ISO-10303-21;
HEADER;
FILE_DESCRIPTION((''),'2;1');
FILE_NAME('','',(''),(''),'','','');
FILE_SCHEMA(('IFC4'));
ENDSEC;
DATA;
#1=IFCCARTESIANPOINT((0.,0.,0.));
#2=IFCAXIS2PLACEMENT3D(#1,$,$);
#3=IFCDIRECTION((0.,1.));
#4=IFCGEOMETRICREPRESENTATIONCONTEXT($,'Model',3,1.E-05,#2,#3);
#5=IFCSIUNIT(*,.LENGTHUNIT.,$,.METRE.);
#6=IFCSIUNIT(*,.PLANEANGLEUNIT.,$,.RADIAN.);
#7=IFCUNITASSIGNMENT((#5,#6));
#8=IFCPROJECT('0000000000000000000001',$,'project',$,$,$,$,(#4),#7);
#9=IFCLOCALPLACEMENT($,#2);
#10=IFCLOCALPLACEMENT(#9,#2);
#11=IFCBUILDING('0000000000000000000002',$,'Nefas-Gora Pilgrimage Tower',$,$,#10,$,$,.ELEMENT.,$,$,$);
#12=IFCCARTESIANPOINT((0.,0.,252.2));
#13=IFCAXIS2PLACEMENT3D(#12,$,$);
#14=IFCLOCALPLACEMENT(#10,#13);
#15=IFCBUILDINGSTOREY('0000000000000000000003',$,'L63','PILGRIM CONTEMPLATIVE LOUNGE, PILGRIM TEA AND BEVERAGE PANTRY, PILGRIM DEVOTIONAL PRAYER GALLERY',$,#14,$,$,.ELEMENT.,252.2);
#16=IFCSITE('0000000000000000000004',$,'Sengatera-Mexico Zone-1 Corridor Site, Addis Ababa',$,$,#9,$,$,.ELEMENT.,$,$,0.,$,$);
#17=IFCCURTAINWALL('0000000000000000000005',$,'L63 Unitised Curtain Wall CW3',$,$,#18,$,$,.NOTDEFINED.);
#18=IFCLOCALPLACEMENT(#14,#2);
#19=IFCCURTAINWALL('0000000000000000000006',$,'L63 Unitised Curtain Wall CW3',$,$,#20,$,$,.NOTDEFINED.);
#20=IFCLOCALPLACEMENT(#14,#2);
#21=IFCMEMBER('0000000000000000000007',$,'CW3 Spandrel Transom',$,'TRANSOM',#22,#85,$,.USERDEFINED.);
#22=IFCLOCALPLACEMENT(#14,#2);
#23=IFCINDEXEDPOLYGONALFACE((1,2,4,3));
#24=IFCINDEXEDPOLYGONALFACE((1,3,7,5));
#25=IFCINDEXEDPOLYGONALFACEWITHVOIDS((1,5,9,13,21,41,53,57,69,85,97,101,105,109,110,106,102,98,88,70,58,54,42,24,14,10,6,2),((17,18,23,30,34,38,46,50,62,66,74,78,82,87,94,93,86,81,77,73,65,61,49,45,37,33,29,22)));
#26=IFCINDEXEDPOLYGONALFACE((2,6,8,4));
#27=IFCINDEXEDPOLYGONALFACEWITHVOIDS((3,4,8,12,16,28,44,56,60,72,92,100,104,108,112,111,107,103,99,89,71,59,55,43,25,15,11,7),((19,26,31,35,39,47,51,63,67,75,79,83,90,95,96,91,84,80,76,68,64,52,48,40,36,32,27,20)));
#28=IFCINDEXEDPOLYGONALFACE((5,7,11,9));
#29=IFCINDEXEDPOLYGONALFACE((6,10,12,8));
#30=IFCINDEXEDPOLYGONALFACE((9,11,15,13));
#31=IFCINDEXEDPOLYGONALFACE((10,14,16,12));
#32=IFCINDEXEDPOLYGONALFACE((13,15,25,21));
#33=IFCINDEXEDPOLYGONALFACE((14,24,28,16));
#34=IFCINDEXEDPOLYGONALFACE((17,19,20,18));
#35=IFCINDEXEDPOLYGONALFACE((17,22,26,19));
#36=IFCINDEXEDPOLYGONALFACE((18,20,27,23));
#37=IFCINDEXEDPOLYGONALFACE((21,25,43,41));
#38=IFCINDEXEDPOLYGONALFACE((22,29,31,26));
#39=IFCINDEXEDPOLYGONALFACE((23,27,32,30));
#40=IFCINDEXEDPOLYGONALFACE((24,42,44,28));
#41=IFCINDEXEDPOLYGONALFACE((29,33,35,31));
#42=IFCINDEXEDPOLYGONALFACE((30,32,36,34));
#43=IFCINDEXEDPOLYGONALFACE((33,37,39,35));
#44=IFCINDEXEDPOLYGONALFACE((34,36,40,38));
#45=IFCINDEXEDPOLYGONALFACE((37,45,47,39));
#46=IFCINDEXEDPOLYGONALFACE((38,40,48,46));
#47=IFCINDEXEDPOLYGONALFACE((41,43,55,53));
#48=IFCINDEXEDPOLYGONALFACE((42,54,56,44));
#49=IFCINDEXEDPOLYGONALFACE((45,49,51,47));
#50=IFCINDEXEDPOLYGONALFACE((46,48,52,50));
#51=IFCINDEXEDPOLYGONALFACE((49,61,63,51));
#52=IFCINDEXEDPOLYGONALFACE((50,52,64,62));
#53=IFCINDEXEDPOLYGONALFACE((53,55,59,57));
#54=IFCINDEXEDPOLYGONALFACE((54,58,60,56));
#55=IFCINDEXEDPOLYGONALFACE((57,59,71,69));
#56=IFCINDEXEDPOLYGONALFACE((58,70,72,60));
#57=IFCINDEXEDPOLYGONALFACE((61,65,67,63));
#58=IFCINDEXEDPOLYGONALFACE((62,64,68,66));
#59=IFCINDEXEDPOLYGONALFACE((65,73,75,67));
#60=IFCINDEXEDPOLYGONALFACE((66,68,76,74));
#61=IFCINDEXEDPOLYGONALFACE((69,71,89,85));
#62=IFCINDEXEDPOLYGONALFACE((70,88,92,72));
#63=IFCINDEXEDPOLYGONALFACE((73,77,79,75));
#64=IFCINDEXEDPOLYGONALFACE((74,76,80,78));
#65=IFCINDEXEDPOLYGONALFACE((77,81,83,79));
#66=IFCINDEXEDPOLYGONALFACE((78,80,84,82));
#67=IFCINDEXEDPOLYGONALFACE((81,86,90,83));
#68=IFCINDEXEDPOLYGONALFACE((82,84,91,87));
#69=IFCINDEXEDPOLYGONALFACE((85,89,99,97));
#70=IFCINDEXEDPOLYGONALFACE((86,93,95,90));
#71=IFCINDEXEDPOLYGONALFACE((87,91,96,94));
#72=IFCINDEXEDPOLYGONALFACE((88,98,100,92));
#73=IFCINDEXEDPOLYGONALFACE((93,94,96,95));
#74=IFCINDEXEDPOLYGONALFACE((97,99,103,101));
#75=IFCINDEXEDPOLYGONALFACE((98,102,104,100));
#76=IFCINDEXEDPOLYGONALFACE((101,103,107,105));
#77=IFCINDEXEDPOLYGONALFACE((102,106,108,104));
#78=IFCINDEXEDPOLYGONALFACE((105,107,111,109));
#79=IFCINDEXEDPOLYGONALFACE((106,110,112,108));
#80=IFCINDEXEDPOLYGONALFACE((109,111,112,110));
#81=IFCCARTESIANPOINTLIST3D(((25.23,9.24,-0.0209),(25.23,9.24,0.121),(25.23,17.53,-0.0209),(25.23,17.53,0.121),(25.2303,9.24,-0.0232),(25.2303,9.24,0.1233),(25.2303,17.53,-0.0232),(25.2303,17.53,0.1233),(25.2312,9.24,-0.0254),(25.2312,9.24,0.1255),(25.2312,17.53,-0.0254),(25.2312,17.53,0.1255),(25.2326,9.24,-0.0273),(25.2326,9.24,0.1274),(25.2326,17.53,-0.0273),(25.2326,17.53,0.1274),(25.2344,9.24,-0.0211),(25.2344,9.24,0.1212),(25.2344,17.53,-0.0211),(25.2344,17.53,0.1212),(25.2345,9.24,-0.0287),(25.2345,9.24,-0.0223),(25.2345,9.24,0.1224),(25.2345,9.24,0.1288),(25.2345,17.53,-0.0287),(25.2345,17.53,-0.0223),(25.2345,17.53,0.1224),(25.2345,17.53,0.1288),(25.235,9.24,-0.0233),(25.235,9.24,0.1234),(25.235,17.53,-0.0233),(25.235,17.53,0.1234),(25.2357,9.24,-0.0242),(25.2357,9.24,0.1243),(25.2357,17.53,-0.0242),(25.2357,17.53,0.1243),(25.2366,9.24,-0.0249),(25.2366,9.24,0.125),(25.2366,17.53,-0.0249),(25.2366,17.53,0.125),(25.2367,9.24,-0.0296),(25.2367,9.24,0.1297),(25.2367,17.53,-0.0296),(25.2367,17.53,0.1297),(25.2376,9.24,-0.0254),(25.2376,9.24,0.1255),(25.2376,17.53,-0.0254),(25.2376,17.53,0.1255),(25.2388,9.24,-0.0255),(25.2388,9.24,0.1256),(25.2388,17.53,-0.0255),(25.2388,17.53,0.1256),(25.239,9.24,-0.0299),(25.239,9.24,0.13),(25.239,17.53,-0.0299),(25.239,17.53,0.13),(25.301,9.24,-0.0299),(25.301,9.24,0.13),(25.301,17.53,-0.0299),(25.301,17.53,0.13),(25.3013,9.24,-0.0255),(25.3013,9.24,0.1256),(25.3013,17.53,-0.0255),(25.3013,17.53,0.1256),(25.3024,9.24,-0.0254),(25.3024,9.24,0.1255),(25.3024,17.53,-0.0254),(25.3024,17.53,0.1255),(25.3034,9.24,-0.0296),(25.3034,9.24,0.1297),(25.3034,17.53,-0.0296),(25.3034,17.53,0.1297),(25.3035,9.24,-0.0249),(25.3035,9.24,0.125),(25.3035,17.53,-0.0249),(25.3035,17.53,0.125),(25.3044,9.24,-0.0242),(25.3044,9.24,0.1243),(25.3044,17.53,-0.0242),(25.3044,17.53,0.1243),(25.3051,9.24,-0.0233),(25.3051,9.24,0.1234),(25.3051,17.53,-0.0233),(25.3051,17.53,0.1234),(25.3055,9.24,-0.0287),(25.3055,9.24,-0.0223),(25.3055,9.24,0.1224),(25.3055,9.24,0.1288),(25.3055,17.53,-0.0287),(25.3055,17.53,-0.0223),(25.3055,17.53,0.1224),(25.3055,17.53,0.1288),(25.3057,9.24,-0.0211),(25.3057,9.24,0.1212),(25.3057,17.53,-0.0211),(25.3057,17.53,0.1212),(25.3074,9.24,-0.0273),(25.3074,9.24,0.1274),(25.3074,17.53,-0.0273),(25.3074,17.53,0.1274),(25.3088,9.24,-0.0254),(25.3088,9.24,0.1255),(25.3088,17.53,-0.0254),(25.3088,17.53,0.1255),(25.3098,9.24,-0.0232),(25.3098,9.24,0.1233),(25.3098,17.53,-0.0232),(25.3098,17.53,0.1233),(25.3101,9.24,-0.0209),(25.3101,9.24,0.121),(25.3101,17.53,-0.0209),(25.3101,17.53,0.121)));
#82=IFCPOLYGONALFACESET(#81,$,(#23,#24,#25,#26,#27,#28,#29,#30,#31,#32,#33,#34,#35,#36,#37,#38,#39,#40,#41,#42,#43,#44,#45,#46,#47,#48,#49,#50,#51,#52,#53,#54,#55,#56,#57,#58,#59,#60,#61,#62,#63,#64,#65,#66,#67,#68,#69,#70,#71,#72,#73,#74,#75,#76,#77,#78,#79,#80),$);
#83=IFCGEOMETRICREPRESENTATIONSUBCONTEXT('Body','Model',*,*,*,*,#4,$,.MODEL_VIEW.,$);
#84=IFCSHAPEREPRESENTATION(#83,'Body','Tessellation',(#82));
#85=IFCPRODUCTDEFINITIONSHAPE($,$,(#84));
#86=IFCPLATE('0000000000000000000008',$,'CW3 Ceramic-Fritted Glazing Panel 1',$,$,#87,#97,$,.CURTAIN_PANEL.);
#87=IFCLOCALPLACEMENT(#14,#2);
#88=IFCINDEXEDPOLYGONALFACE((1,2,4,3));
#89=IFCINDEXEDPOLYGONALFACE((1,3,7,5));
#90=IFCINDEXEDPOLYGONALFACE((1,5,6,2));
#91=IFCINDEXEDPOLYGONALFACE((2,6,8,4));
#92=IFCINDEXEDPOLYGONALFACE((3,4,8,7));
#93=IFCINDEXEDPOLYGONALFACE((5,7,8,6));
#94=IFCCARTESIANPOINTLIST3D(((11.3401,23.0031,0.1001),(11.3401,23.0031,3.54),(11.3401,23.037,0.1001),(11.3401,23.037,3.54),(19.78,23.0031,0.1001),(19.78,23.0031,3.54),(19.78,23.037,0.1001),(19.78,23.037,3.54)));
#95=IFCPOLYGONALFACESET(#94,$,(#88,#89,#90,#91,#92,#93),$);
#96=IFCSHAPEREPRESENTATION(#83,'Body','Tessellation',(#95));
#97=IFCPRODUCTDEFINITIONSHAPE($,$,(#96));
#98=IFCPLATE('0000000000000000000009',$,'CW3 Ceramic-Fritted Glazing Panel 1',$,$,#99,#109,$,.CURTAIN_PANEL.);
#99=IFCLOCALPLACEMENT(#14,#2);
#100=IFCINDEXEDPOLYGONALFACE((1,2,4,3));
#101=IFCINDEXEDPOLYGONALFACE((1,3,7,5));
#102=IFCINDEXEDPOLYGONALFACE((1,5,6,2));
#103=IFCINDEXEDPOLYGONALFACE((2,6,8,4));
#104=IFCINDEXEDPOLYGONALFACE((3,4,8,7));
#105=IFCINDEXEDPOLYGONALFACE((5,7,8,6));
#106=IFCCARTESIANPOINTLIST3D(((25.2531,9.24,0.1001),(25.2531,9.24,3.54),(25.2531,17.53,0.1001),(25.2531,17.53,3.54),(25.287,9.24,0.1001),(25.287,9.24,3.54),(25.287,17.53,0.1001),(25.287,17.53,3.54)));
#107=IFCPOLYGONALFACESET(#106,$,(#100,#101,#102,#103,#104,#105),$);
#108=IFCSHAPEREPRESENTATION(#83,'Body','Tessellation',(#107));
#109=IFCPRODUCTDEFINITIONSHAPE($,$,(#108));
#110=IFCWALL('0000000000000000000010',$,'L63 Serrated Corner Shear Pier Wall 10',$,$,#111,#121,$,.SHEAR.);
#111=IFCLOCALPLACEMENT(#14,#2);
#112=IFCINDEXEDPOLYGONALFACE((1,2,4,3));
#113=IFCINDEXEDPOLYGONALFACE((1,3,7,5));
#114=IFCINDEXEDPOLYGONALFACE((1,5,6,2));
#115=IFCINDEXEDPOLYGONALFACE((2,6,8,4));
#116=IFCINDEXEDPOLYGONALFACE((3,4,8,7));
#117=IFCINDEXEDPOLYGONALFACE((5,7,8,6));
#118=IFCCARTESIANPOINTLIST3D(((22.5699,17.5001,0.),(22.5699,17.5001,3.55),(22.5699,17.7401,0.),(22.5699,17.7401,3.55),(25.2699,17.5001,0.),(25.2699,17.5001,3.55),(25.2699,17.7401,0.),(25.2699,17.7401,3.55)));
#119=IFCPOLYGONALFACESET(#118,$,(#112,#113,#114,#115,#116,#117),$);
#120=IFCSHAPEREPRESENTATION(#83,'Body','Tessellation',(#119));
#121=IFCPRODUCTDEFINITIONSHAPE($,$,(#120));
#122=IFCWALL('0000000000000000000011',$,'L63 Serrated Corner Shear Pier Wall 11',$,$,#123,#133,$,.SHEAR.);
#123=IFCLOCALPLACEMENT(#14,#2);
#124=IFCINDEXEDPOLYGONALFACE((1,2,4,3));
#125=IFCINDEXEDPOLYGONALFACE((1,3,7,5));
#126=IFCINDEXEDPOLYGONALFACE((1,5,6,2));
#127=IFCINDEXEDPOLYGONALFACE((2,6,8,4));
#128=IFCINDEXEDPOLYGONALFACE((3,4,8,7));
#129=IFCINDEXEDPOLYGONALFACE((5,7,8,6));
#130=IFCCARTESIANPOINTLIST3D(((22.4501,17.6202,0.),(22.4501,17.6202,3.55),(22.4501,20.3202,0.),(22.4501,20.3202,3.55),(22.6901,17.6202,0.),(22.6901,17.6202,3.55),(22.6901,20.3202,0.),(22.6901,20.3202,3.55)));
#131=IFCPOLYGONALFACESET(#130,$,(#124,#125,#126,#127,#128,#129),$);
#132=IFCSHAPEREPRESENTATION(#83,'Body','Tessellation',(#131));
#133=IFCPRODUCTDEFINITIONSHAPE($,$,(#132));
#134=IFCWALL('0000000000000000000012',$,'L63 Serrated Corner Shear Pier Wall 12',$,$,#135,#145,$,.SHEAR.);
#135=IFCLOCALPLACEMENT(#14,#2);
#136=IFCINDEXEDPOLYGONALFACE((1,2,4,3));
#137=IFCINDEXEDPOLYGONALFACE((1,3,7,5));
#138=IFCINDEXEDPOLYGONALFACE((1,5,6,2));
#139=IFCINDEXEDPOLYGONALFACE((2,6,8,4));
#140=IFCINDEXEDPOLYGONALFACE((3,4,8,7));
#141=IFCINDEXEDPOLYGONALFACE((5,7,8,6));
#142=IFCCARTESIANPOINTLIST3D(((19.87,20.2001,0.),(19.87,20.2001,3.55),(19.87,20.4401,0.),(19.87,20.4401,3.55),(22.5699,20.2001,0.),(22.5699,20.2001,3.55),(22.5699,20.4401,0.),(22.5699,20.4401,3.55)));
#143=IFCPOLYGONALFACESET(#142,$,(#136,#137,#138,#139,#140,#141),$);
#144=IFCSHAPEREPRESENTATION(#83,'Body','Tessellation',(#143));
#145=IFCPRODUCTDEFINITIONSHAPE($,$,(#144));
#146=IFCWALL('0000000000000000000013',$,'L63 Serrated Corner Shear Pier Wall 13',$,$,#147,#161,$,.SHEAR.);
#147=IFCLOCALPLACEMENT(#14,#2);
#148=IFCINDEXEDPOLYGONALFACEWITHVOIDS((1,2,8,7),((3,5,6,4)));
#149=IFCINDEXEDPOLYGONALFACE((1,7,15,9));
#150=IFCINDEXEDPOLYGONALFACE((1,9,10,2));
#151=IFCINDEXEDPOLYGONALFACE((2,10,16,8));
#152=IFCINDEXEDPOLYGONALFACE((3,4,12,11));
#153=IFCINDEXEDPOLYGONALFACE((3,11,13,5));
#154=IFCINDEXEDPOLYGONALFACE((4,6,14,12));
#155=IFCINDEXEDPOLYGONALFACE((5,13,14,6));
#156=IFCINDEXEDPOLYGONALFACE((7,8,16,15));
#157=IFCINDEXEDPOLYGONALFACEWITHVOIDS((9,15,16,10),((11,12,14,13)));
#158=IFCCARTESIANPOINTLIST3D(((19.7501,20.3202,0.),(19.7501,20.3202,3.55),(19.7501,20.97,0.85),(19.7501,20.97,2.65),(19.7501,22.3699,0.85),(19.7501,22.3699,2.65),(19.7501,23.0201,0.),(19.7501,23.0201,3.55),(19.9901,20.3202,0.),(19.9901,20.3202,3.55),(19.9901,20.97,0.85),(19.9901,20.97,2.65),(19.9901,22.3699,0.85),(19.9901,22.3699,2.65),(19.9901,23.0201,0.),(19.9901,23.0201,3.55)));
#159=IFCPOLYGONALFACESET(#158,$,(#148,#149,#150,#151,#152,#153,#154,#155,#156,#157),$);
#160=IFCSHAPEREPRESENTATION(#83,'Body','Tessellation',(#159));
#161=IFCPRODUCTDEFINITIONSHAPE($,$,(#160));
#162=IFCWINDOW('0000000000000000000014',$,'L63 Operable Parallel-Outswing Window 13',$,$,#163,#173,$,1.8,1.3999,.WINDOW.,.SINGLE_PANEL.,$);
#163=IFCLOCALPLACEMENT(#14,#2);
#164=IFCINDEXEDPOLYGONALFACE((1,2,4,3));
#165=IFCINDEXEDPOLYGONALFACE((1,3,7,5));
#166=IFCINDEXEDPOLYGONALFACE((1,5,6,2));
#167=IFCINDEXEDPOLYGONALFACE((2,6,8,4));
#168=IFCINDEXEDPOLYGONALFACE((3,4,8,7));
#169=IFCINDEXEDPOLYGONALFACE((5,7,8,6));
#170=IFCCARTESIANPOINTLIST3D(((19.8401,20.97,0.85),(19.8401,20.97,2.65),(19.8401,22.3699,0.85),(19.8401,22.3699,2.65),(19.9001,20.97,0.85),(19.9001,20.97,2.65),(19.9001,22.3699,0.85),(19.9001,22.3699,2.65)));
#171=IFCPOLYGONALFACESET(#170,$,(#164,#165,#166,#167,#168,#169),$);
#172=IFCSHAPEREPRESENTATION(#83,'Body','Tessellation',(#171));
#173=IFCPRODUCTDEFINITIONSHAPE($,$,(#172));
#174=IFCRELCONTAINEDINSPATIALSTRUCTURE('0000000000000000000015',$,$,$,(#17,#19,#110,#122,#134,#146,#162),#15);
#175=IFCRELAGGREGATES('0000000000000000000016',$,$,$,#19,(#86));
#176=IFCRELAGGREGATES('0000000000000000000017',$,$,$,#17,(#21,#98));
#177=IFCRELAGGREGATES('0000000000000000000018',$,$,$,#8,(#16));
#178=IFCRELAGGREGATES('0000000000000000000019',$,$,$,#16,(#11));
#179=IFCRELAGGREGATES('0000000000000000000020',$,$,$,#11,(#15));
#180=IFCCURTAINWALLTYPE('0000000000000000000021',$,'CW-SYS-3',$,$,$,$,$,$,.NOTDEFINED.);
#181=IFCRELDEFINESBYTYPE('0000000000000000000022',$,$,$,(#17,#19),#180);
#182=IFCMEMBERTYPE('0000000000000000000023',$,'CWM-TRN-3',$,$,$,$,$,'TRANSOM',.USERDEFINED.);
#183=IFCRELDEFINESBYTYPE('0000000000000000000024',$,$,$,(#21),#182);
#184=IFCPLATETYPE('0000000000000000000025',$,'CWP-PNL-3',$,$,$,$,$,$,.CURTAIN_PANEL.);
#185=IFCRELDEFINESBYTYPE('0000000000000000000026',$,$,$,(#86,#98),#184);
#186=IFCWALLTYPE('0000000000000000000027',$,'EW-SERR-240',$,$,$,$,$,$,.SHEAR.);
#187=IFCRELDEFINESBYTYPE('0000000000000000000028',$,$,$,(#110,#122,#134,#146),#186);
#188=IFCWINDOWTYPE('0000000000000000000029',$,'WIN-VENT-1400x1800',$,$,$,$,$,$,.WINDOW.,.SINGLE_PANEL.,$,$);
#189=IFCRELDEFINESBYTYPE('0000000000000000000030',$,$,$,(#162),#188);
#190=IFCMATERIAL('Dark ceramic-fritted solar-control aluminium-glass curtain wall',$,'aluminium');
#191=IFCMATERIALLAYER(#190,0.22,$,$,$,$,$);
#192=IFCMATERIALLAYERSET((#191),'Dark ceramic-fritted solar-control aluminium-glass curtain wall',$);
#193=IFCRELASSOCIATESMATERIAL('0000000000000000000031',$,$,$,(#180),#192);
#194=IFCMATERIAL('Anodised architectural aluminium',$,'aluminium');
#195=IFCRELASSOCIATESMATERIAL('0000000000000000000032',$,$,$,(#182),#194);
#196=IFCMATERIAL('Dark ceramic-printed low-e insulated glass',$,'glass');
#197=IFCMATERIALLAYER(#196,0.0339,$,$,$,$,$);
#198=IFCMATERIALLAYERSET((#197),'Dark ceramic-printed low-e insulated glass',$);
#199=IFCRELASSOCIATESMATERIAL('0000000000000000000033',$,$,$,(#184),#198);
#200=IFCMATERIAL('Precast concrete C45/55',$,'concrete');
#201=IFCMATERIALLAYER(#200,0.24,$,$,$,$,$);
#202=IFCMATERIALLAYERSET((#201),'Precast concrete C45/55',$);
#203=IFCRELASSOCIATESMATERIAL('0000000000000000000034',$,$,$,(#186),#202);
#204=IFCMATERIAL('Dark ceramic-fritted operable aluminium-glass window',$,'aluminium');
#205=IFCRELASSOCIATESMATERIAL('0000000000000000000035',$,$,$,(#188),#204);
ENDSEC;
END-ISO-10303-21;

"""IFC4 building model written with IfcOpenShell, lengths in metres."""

from ifc_helpers import new_model, si_unit, direction, frame, frame_2d, origin, origin_2d, place, context, subcontext, project, spatial, rectangle, hollow_rectangle, extrude, source, transform, mapped, material, layer, layer_set, material_profile, profile_set, type_object, element, fill, aggregate, save


model = new_model("IFC4")

# Units and contexts
model_context = context("Model", 3, precision=1e-05, world=origin(), true_north=direction((0.0, 1.0)))
body_context = subcontext(model_context, "Body", "Model", "MODEL_VIEW")
ifc_project = project(units=[si_unit("LENGTHUNIT", "METRE"), si_unit("PLANEANGLEUNIT", "RADIAN")], contexts=[model_context])

# Site, building, storey
site_placement = place(None, origin())
site = spatial("IfcSite", under=ifc_project, at=site_placement, Name="Sengatera-Mexico Zone-1 Corridor Site, Addis Ababa", CompositionType="ELEMENT", RefElevation=0.0)
building_placement = place(site_placement, origin())
building = spatial("IfcBuilding", under=site, at=building_placement, Name="Nefas-Gora Pilgrimage Tower", CompositionType="ELEMENT")
storey_placement = place(building_placement, frame((0.0, 0.0, 252.2)))
storey = spatial("IfcBuildingStorey", under=building, at=storey_placement, Name="L63", Description="PILGRIM CONTEMPLATIVE LOUNGE, PILGRIM TEA AND BEVERAGE PANTRY, PILGRIM DEVOTIONAL PRAYER GALLERY", CompositionType="ELEMENT", Elevation=252.2)

# Curtain walls
ifc_material_1 = material(Name="Dark ceramic-fritted solar-control aluminium-glass curtain wall", Category="aluminium")
ifc_layer_1 = layer(ifc_material_1, 0.22)
ifc_layer_set_1 = layer_set([ifc_layer_1], Name="Dark ceramic-fritted solar-control aluminium-glass curtain wall")
curtain_wall_type = type_object("IfcCurtainWallType", Name="CW-SYS-3", PredefinedType="NOTDEFINED", material=ifc_layer_set_1)
curtain_wall_1_placement = place(storey_placement, origin())
curtain_wall_1 = element("IfcCurtainWall", 1, at=curtain_wall_1_placement, inside=storey, type_object=curtain_wall_type, Name="L63 Unitised Curtain Wall CW3", PredefinedType="NOTDEFINED")
ifc_material_2 = material(Name="Anodised architectural aluminium", Category="aluminium")
curtain_wall_2_placement = place(storey_placement, origin())
curtain_wall_2 = element("IfcCurtainWall", 2, at=curtain_wall_2_placement, inside=storey, type_object=curtain_wall_type, Name="L63 Unitised Curtain Wall CW3", PredefinedType="NOTDEFINED")
ifc_material_profile_1 = material_profile(ifc_material_2, hollow_rectangle(XDim=0.0801, YDim=0.1599, WallThickness=0.0044, InnerFilletRadius=0.0044, OuterFilletRadius=0.009, at=origin_2d()), Name="ALU TRANSOM 80x160")
ifc_profile_set_1 = profile_set([ifc_material_profile_1], Name="Anodised architectural aluminium")
member_type_1 = type_object("IfcMemberType", Name="CWM-TRN-3", ElementType="TRANSOM", PredefinedType="USERDEFINED", material=ifc_profile_set_1)

# Member
shared_shape_1 = source(origin(), body_context, "Body", "SweptSolid", [
    extrude(hollow_rectangle(XDim=0.0801, YDim=0.1599, WallThickness=0.0044, InnerFilletRadius=0.0044, OuterFilletRadius=0.009, at=origin_2d()), origin(), (0.0, 0.0, 1.0), 8.29),
])
member_1_placement = place(storey_placement, frame((25.27, 9.24, 0.05), z_axis=(0.0, 1.0, 0.0), x_axis=(-1.0, 0.0, 0.0)))
member_1 = element("IfcMember", 3, at=member_1_placement, type_object=member_type_1, Name="CW3 Spandrel Transom", ObjectType="TRANSOM", PredefinedType="USERDEFINED", context=body_context, shape_type="MappedRepresentation", body=[
    mapped(shared_shape_1, transform((0.0, 0.0, 0.0), x_axis=(1.0, 0.0, 0.0), y_axis=(0.0, 1.0, 0.0), z_axis=(0.0, 0.0, 1.0), scale=1.0)),
])

# Plates
ifc_material_3 = material(Name="Dark ceramic-printed low-e insulated glass", Category="glass")
ifc_layer_2 = layer(ifc_material_3, 0.0339)
ifc_layer_set_2 = layer_set([ifc_layer_2], Name="Dark ceramic-printed low-e insulated glass")
plate_type = type_object("IfcPlateType", Name="CWP-PNL-3", PredefinedType="CURTAIN_PANEL", material=ifc_layer_set_2)
shared_shape_2 = source(origin(), body_context, "Body", "SweptSolid", [
    extrude(rectangle(XDim=8.4399, YDim=0.0339, at=origin_2d()), origin(), (0.0, 0.0, 1.0), 3.4399),
])
plate_1_placement = place(storey_placement, frame((15.5601, 23.02, 0.1001), z_axis=(0.0, 0.0, 1.0), x_axis=(-1.0, 0.0, 0.0)))
plate_1 = element("IfcPlate", 4, at=plate_1_placement, type_object=plate_type, Name="CW3 Ceramic-Fritted Glazing Panel 1", PredefinedType="CURTAIN_PANEL", context=body_context, shape_type="MappedRepresentation", body=[
    mapped(shared_shape_2, transform((0.0, 0.0, 0.0), x_axis=(1.0, 0.0, 0.0), y_axis=(0.0, 1.0, 0.0), z_axis=(0.0, 0.0, 1.0), scale=1.0)),
])
aggregate(curtain_wall_2, [plate_1])
shared_shape_3 = source(origin(), body_context, "Body", "SweptSolid", [
    extrude(rectangle(XDim=8.29, YDim=0.0339, at=origin_2d()), origin(), (0.0, 0.0, 1.0), 3.4399),
])
plate_2_placement = place(storey_placement, frame((25.27, 13.385, 0.1001), z_axis=(0.0, 0.0, 1.0), x_axis=(0.0, 1.0, 0.0)))
plate_2 = element("IfcPlate", 5, at=plate_2_placement, type_object=plate_type, Name="CW3 Ceramic-Fritted Glazing Panel 1", PredefinedType="CURTAIN_PANEL", context=body_context, shape_type="MappedRepresentation", body=[
    mapped(shared_shape_3, transform((0.0, 0.0, 0.0), x_axis=(1.0, 0.0, 0.0), y_axis=(0.0, 1.0, 0.0), z_axis=(0.0, 0.0, 1.0), scale=1.0)),
])
aggregate(curtain_wall_1, [member_1, plate_2])

# Walls
ifc_material_4 = material(Name="Precast concrete C45/55", Category="concrete")
ifc_layer_3 = layer(ifc_material_4, 0.24)
ifc_layer_set_3 = layer_set([ifc_layer_3], Name="Precast concrete C45/55")
wall_type_1 = type_object("IfcWallType", Name="EW-SERR-240", PredefinedType="SHEAR", material=ifc_layer_set_3)
shared_shape_4 = source(origin(), body_context, "Body", "SweptSolid", [
    extrude(rectangle(XDim=2.7, YDim=0.24, at=frame_2d((1.3501, 0.0))), origin(), (0.0, 0.0, 1.0), 3.55),
])
for number, where, z_axis, x_axis, name in (
    (6, (25.27, 17.6201, 0.0), (0.0, 0.0, 1.0), (-1.0, 0.0, 0.0), "L63 Serrated Corner Shear Pier Wall 10"),
    (7, (22.5701, 17.6201, 0.0), (0.0, 0.0, 1.0), (0.0, 1.0, 0.0), "L63 Serrated Corner Shear Pier Wall 11"),
    (8, (22.5701, 20.3201, 0.0), (0.0, 0.0, 1.0), (-1.0, 0.0, 0.0), "L63 Serrated Corner Shear Pier Wall 12"),
):
    element("IfcWall", number, at=place(storey_placement, frame(where, z_axis=z_axis, x_axis=x_axis)), inside=storey, type_object=wall_type_1, Name=name, PredefinedType="SHEAR", context=body_context, shape_type="MappedRepresentation", body=[
        mapped(shared_shape_4, transform((0.0, 0.0, 0.0), x_axis=(1.0, 0.0, 0.0), y_axis=(0.0, 1.0, 0.0), z_axis=(0.0, 0.0, 1.0), scale=1.0)),
    ])

# Wall, opening, window
wall_1_placement = place(storey_placement, frame((19.8701, 20.3201, 0.0), z_axis=(0.0, 0.0, 1.0), x_axis=(0.0, 1.0, 0.0)))
wall_1 = element("IfcWall", 9, at=wall_1_placement, inside=storey, type_object=wall_type_1, Name="L63 Serrated Corner Shear Pier Wall 13", PredefinedType="SHEAR", context=body_context, shape_type="MappedRepresentation", body=[
    mapped(shared_shape_4, transform((0.0, 0.0, 0.0), x_axis=(1.0, 0.0, 0.0), y_axis=(0.0, 1.0, 0.0), z_axis=(0.0, 0.0, 1.0), scale=1.0)),
])
opening_1_placement = place(wall_1_placement, frame((0.6499, 0.0, 0.8501)))
opening_1 = element("IfcOpeningElement", 10, at=opening_1_placement, cuts=wall_1, PredefinedType="OPENING", context=body_context, shape_type="SweptSolid", body=[
    extrude(rectangle(XDim=1.3999, YDim=1.8, at=frame_2d((0.7, 0.8999))), frame((0.0, 0.1299, 0.0), z_axis=(0.0, -1.0, 0.0), x_axis=(1.0, 0.0, 0.0)), (0.0, 0.0, 1.0), 0.26),
])
ifc_material_5 = material(Name="Dark ceramic-fritted operable aluminium-glass window", Category="aluminium")
window_type = type_object("IfcWindowType", Name="WIN-VENT-1400x1800", PartitioningType="SINGLE_PANEL", PredefinedType="WINDOW", material=ifc_material_5)
shared_shape_5 = source(origin(), body_context, "Body", "SweptSolid", [
    extrude(rectangle(XDim=1.3999, YDim=1.8, at=frame_2d((0.7, 0.8999))), frame((0.0, 0.03, 0.0), z_axis=(0.0, -1.0, 0.0), x_axis=(1.0, 0.0, 0.0)), (0.0, 0.0, 1.0), 0.0601),
])
window_placement = place(opening_1_placement, origin())
window = element("IfcWindow", 11, at=window_placement, inside=storey, type_object=window_type, Name="L63 Operable Parallel-Outswing Window 13", OverallHeight=1.8, OverallWidth=1.3999, PartitioningType="SINGLE_PANEL", PredefinedType="WINDOW", context=body_context, shape_type="MappedRepresentation", body=[
    mapped(shared_shape_5, transform((0.0, 0.0, 0.0), x_axis=(1.0, 0.0, 0.0), y_axis=(0.0, 1.0, 0.0), z_axis=(0.0, 0.0, 1.0), scale=1.0)),
])
fill(opening_1, window)

save(model, "model.ifc")
